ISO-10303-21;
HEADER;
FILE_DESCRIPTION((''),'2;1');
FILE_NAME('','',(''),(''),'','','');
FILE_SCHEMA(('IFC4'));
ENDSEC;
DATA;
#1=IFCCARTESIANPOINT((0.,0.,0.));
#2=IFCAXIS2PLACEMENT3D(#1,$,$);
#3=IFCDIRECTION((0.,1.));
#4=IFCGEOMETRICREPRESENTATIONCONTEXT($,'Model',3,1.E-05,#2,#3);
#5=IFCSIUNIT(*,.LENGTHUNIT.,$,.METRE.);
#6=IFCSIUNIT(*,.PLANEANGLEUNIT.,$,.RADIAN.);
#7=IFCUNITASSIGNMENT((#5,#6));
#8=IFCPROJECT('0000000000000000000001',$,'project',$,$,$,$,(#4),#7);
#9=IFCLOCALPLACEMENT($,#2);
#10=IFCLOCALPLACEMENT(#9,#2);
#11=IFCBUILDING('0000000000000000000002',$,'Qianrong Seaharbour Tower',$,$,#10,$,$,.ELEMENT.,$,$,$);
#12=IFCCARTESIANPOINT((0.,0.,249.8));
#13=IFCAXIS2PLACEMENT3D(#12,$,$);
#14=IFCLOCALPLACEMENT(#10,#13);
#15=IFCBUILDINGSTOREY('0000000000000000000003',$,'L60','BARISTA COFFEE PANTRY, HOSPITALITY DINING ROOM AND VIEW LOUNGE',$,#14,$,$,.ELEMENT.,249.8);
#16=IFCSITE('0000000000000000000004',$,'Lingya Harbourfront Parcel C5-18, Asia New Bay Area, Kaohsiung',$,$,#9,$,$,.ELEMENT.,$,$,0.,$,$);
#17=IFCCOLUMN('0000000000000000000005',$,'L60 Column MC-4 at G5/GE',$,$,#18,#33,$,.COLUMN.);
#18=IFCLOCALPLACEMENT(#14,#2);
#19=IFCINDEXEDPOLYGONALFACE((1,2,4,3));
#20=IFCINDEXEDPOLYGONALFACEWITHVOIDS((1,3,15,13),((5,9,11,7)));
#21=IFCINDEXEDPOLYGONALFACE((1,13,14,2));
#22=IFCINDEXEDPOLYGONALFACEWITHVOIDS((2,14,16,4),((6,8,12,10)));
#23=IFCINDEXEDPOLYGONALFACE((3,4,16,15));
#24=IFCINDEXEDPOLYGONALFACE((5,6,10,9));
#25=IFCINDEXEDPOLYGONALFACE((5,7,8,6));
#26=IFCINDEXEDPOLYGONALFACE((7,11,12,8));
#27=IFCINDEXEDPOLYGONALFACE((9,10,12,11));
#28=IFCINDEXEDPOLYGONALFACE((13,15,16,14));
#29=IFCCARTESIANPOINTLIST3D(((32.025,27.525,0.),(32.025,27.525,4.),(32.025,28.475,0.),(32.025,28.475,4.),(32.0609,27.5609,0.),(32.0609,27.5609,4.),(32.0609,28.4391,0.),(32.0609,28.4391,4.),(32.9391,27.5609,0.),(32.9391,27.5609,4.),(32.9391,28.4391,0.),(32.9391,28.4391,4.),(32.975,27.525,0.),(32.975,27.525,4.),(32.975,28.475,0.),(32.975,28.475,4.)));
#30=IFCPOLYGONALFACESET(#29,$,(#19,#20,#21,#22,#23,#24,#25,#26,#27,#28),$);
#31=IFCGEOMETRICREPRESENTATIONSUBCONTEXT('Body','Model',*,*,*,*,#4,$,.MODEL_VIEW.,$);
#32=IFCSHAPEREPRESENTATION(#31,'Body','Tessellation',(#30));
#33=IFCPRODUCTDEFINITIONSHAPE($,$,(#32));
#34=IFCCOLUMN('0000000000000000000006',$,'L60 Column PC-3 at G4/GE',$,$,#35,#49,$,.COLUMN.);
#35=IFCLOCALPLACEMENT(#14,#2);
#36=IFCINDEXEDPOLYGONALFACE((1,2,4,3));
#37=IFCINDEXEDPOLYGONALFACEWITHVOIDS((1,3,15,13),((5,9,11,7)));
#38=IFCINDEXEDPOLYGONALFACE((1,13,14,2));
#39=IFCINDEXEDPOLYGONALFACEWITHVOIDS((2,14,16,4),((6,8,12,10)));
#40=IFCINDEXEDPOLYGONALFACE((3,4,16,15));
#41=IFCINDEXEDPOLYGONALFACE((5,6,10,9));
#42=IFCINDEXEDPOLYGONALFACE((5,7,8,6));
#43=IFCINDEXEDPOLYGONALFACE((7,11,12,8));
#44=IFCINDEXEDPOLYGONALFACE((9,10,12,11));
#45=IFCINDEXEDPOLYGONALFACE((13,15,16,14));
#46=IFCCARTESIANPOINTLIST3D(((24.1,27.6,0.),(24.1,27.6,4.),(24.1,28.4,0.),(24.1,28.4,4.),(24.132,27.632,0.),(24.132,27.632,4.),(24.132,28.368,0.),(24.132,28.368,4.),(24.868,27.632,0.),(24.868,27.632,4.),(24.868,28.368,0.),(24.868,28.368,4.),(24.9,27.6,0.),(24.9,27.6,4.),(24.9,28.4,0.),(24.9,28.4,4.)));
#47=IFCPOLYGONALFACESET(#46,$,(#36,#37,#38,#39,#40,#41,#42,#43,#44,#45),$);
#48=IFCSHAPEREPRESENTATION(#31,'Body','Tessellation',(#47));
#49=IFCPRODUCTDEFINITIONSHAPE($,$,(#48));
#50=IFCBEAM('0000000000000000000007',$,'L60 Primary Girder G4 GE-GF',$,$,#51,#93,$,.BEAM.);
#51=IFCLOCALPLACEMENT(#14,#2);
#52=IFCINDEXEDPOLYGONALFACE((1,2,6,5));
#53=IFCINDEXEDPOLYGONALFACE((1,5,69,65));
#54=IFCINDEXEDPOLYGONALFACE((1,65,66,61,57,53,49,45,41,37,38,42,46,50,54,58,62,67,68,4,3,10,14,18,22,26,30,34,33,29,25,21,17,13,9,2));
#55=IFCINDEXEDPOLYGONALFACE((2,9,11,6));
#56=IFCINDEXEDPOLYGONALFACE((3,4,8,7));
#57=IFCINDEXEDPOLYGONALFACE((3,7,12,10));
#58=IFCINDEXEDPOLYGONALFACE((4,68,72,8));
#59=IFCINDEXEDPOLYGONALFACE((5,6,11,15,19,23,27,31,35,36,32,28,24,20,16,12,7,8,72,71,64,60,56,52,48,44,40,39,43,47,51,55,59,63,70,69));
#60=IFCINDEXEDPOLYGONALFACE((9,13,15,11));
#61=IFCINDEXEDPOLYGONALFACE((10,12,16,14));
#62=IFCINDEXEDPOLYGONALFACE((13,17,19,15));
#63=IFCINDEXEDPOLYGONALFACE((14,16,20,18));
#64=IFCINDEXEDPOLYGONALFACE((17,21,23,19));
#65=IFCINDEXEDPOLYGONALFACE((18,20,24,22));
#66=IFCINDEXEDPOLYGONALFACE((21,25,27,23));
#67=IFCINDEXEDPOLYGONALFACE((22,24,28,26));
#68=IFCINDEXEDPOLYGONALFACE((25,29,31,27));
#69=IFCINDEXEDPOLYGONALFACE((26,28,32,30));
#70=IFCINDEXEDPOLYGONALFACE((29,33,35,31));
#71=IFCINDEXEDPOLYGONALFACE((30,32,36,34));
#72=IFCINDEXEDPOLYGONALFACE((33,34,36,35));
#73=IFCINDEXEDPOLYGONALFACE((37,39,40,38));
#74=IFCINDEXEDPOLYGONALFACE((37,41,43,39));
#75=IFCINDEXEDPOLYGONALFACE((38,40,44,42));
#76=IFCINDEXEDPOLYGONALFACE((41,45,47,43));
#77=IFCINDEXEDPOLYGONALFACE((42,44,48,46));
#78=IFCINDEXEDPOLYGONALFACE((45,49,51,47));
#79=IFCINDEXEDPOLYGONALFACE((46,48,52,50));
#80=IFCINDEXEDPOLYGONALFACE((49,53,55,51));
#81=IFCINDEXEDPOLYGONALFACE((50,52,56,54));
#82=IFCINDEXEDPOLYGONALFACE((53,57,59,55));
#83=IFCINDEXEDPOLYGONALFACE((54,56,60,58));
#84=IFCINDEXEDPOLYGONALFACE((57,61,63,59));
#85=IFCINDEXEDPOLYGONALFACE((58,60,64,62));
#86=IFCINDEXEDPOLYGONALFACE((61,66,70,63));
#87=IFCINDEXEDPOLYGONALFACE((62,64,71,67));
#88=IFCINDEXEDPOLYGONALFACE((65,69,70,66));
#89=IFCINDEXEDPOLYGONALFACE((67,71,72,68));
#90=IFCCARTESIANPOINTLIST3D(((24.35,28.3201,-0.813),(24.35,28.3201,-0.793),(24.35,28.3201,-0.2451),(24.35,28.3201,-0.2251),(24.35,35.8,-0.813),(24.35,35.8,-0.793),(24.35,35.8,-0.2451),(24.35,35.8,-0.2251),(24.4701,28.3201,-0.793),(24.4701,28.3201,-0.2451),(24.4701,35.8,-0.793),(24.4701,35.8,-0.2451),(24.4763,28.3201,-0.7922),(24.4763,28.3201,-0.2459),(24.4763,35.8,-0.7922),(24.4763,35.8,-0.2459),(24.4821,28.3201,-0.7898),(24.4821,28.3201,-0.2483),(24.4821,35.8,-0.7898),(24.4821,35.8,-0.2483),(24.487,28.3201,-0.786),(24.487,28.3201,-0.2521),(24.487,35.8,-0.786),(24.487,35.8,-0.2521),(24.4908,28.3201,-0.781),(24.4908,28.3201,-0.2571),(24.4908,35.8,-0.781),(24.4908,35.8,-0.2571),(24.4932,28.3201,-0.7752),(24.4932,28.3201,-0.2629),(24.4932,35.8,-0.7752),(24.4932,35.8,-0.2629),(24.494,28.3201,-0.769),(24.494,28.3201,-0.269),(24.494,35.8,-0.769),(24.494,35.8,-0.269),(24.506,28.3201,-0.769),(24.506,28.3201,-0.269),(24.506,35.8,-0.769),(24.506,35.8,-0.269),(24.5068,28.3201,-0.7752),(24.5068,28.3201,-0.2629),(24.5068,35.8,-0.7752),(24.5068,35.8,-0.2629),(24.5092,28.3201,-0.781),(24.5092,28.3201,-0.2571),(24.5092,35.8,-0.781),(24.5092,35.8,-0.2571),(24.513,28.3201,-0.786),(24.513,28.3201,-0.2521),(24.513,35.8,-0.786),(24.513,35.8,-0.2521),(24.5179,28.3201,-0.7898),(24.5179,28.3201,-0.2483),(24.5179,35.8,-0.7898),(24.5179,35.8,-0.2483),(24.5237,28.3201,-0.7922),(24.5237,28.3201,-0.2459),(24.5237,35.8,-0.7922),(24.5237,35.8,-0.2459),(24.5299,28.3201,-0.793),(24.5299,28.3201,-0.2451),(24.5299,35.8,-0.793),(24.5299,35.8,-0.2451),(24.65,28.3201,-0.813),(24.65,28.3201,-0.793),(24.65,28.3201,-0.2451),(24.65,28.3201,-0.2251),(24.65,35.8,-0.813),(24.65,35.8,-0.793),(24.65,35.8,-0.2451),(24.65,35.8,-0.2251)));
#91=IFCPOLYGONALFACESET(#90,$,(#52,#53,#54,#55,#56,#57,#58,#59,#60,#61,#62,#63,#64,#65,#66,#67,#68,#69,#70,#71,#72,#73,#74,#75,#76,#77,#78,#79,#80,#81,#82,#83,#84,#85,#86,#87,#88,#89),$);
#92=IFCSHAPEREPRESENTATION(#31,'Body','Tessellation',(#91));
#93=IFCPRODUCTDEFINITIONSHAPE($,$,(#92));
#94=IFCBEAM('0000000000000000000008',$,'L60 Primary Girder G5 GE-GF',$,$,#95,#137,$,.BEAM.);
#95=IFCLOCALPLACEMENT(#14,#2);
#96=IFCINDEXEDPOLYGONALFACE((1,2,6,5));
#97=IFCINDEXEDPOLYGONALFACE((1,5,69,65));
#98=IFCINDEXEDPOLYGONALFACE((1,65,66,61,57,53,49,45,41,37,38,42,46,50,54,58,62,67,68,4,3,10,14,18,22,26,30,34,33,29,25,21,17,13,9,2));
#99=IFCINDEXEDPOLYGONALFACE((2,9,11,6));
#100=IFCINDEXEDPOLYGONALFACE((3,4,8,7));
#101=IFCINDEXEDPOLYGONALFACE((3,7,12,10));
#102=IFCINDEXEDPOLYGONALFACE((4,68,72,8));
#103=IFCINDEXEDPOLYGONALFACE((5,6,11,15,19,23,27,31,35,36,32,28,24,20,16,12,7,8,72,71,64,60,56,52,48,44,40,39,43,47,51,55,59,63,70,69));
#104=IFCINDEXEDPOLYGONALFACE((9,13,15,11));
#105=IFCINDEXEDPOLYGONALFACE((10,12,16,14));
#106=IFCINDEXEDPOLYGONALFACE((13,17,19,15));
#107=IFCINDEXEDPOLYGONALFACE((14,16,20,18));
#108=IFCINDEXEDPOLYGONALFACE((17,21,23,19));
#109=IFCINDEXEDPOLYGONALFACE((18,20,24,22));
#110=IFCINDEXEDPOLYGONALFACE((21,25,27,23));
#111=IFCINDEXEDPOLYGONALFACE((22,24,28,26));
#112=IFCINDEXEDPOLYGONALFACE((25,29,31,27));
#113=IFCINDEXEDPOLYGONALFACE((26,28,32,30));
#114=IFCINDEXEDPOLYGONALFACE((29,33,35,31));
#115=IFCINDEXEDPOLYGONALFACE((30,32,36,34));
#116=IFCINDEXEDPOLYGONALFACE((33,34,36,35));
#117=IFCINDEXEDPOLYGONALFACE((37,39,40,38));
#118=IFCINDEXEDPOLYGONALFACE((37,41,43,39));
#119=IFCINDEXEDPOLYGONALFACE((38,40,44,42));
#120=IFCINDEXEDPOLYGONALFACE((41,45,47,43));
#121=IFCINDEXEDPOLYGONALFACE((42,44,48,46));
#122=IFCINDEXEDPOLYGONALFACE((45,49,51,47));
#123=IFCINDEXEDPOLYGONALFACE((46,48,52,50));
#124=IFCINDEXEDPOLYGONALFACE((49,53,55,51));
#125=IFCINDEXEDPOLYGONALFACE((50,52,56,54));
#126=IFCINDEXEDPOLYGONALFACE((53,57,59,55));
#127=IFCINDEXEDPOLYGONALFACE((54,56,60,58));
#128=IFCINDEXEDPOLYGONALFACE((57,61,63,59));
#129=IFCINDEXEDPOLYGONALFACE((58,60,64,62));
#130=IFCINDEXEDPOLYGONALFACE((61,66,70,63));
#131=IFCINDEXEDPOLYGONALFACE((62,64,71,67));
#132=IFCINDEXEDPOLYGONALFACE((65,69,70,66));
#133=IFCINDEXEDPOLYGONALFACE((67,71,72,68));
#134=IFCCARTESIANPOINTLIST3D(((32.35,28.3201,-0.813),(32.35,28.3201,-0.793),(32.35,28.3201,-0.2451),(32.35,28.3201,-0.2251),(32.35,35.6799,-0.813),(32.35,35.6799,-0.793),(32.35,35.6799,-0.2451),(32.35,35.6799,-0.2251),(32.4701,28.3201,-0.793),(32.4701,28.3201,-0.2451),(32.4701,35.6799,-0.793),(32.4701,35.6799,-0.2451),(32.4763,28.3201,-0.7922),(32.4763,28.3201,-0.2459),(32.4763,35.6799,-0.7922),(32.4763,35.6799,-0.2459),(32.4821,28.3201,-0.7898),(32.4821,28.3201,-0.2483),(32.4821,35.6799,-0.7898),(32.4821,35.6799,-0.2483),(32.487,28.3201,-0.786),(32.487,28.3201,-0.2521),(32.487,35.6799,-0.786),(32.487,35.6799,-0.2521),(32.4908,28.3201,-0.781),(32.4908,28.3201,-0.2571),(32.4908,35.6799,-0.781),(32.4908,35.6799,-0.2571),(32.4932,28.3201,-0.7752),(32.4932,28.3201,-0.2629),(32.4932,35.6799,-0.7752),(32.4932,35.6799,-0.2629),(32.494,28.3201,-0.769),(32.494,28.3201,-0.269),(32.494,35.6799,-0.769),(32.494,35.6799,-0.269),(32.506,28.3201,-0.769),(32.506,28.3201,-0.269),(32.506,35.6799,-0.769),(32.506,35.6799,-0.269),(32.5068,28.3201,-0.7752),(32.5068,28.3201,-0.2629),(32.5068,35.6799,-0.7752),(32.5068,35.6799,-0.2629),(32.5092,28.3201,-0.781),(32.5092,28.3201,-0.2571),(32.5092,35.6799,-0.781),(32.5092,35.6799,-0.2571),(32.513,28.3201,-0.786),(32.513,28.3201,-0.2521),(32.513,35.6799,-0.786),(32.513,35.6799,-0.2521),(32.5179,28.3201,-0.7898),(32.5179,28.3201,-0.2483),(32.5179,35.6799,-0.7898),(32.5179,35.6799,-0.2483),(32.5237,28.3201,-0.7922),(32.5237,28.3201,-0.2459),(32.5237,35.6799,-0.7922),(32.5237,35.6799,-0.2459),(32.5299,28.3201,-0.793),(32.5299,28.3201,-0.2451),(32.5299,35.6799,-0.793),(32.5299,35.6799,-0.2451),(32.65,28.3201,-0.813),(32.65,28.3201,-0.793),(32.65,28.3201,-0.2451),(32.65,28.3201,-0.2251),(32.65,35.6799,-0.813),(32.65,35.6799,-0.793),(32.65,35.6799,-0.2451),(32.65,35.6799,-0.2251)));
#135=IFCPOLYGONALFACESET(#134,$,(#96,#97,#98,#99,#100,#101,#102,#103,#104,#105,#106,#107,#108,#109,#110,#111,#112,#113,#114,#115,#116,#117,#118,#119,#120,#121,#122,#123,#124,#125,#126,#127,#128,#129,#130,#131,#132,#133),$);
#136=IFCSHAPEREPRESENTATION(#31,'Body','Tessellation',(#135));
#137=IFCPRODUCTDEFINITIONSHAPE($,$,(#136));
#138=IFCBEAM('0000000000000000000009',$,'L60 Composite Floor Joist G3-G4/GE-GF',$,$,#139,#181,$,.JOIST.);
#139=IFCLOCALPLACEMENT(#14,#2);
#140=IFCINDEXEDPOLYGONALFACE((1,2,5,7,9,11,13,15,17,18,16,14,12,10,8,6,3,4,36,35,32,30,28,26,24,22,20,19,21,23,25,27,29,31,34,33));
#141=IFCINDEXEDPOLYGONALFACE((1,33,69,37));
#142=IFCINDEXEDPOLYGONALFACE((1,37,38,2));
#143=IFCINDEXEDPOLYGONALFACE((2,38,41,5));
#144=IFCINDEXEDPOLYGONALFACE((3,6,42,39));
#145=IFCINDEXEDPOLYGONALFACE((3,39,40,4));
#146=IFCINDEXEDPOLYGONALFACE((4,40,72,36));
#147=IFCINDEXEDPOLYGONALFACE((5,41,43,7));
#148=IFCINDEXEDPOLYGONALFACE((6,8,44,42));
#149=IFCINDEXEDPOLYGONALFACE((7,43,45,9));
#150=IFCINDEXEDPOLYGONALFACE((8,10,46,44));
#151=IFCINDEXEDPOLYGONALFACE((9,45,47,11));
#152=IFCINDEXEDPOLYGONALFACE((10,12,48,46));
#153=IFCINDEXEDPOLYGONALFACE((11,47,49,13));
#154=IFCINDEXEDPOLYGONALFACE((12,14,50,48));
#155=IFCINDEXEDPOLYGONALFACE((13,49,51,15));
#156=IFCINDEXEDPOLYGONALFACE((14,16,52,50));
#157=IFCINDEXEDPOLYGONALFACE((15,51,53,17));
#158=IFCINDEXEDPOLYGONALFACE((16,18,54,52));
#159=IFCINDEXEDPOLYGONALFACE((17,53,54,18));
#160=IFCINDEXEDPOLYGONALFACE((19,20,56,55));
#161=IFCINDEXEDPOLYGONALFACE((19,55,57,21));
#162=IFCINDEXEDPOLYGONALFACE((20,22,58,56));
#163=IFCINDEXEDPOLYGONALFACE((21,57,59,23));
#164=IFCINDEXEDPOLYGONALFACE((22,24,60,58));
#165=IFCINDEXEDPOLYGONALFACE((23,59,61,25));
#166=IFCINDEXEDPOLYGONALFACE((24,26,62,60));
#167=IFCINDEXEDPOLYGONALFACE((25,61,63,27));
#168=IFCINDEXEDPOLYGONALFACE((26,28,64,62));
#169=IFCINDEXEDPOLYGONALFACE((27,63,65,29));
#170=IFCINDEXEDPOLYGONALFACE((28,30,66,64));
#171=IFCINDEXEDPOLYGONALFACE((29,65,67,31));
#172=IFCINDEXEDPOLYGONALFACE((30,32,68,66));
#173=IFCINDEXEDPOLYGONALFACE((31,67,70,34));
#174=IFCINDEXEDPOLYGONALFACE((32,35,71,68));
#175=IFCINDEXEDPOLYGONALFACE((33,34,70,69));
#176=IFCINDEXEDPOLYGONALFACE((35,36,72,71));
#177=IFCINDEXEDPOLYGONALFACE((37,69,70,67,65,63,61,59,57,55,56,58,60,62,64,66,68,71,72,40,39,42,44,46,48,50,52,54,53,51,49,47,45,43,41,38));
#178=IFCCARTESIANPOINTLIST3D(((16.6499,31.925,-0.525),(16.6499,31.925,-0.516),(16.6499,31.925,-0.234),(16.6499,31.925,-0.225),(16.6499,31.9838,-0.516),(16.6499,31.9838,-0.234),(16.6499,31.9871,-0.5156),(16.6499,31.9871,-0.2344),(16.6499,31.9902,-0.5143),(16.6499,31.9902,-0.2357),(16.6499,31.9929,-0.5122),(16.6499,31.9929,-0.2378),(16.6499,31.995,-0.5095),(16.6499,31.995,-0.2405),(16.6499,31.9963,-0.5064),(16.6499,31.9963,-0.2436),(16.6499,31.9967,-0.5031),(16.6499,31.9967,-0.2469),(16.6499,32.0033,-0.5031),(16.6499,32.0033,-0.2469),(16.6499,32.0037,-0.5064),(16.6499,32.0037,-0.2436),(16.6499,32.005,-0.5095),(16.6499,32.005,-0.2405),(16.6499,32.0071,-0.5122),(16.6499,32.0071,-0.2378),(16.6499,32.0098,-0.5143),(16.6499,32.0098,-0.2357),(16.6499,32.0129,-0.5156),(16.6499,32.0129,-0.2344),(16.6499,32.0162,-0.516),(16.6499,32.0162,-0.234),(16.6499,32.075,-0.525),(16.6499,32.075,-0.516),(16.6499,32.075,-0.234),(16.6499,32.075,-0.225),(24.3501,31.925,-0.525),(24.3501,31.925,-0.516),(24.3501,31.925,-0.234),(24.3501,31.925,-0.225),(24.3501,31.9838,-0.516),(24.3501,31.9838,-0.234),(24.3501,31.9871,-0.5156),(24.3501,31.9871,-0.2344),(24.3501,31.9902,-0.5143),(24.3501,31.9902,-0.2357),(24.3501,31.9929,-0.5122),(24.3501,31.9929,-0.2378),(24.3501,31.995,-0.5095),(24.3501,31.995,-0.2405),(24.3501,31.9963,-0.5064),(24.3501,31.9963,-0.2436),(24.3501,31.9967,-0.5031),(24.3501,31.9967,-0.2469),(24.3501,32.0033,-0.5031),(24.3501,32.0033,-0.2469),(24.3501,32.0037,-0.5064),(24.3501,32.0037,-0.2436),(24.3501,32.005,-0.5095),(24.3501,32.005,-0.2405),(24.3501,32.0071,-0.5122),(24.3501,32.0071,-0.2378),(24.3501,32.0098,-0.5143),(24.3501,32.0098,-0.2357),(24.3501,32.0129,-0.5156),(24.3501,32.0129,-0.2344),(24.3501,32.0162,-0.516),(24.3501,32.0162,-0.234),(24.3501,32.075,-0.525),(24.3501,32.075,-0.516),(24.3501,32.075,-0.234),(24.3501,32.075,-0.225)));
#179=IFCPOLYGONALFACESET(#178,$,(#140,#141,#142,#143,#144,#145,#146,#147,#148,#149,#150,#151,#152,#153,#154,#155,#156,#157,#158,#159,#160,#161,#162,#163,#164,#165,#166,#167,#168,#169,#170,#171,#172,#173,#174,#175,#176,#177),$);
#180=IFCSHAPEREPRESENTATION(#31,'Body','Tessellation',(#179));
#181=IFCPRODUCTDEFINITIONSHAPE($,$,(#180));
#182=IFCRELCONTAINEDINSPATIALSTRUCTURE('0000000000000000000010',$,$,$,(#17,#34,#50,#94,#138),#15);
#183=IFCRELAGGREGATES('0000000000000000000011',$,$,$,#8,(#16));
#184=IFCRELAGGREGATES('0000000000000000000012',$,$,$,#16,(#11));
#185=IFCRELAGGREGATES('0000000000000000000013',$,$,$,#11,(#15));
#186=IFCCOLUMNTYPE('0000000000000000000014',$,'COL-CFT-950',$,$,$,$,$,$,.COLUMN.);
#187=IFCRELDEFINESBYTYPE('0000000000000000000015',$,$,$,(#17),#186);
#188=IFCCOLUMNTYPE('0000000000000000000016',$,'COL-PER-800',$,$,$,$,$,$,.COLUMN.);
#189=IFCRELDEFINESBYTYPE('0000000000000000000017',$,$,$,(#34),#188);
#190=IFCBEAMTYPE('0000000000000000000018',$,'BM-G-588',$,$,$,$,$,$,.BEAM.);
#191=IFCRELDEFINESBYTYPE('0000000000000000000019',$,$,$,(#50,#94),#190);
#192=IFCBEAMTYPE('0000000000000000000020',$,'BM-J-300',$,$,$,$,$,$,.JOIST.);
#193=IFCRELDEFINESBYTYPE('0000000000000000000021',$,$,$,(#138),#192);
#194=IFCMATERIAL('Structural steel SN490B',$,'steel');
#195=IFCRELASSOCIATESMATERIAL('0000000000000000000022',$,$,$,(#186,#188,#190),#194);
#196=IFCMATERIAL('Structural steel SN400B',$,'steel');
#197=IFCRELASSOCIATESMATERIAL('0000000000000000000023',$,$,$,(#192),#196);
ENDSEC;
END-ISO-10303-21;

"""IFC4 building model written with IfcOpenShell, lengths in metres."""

from ifc_helpers import new_model, si_unit, direction, frame, origin, origin_2d, place, context, subcontext, project, spatial, hollow_rectangle, i_section, extrude, material, material_profile, profile_set, type_object, element, save


model = new_model("IFC4")

# Units and contexts
model_context = context("Model", 3, precision=1e-05, world=origin(), true_north=direction((0.0, 1.0)))
body_context = subcontext(model_context, "Body", "Model", "MODEL_VIEW")
ifc_project = project(units=[si_unit("LENGTHUNIT", "METRE"), si_unit("PLANEANGLEUNIT", "RADIAN")], contexts=[model_context])

# Site, building, storey
site_placement = place(None, origin())
site = spatial("IfcSite", under=ifc_project, at=site_placement, Name="Lingya Harbourfront Parcel C5-18, Asia New Bay Area, Kaohsiung", CompositionType="ELEMENT", RefElevation=0.0)
building_placement = place(site_placement, origin())
building = spatial("IfcBuilding", under=site, at=building_placement, Name="Qianrong Seaharbour Tower", CompositionType="ELEMENT")
storey_placement = place(building_placement, frame((0.0, 0.0, 249.8)))
storey = spatial("IfcBuildingStorey", under=building, at=storey_placement, Name="L60", Description="BARISTA COFFEE PANTRY, HOSPITALITY DINING ROOM AND VIEW LOUNGE", CompositionType="ELEMENT", Elevation=249.8)

# Columns
ifc_material_1 = material(Name="Structural steel SN490B", Category="steel")
ifc_material_profile_1 = material_profile(ifc_material_1, hollow_rectangle(XDim=0.95, YDim=0.95, WallThickness=0.0359, at=origin_2d()), Name="BOX950x950x36")
ifc_profile_set_1 = profile_set([ifc_material_profile_1], Name="Structural steel SN490B")
column_type_1 = type_object("IfcColumnType", Name="COL-CFT-950", PredefinedType="COLUMN", material=ifc_profile_set_1)
column_1_placement = place(storey_placement, frame((32.5, 28.0, 0.0), z_axis=(0.0, 0.0, 1.0), x_axis=(1.0, 0.0, 0.0)))
element("IfcColumn", 1, at=column_1_placement, inside=storey, type_object=column_type_1, Name="L60 Column MC-4 at G5/GE", PredefinedType="COLUMN", context=body_context, shape_type="SweptSolid", body=[
    extrude(hollow_rectangle(XDim=0.95, YDim=0.95, WallThickness=0.0359, at=origin_2d()), origin(), (0.0, 0.0, 1.0), 4.0),
])
ifc_material_profile_2 = material_profile(ifc_material_1, hollow_rectangle(XDim=0.8, YDim=0.8, WallThickness=0.032, at=origin_2d()), Name="BOX800x800x32")
ifc_profile_set_2 = profile_set([ifc_material_profile_2], Name="Structural steel SN490B")
column_type_2 = type_object("IfcColumnType", Name="COL-PER-800", PredefinedType="COLUMN", material=ifc_profile_set_2)
column_2_placement = place(storey_placement, frame((24.5, 28.0, 0.0), z_axis=(0.0, 0.0, 1.0), x_axis=(1.0, 0.0, 0.0)))
element("IfcColumn", 2, at=column_2_placement, inside=storey, type_object=column_type_2, Name="L60 Column PC-3 at G4/GE", PredefinedType="COLUMN", context=body_context, shape_type="SweptSolid", body=[
    extrude(hollow_rectangle(XDim=0.8, YDim=0.8, WallThickness=0.032, at=origin_2d()), origin(), (0.0, 0.0, 1.0), 4.0),
])

# Beams
ifc_material_profile_3 = material_profile(ifc_material_1, i_section(OverallWidth=0.3, OverallDepth=0.5879, WebThickness=0.012, FlangeThickness=0.02, FilletRadius=0.0239, at=origin_2d()), Name="H588x300x12x20")
ifc_profile_set_3 = profile_set([ifc_material_profile_3], Name="Structural steel SN490B")
beam_type_1 = type_object("IfcBeamType", Name="BM-G-588", PredefinedType="BEAM", material=ifc_profile_set_3)
beam_1_placement = place(storey_placement, frame((24.5, 28.3201, -0.519), z_axis=(0.0, 1.0, 0.0), x_axis=(-1.0, 0.0, 0.0)))
element("IfcBeam", 3, at=beam_1_placement, inside=storey, type_object=beam_type_1, Name="L60 Primary Girder G4 GE-GF", PredefinedType="BEAM", context=body_context, shape_type="SweptSolid", body=[
    extrude(i_section(OverallWidth=0.3, OverallDepth=0.5879, WebThickness=0.012, FlangeThickness=0.02, FilletRadius=0.0239, at=origin_2d()), origin(), (0.0, 0.0, 1.0), 7.48),
])
beam_2_placement = place(storey_placement, frame((32.5, 28.3201, -0.519), z_axis=(0.0, 1.0, 0.0), x_axis=(-1.0, 0.0, 0.0)))
element("IfcBeam", 4, at=beam_2_placement, inside=storey, type_object=beam_type_1, Name="L60 Primary Girder G5 GE-GF", PredefinedType="BEAM", context=body_context, shape_type="SweptSolid", body=[
    extrude(i_section(OverallWidth=0.3, OverallDepth=0.5879, WebThickness=0.012, FlangeThickness=0.02, FilletRadius=0.0239, at=origin_2d()), origin(), (0.0, 0.0, 1.0), 7.3599),
])
ifc_material_2 = material(Name="Structural steel SN400B", Category="steel")
ifc_material_profile_4 = material_profile(ifc_material_2, i_section(OverallWidth=0.1499, OverallDepth=0.3, WebThickness=0.0066, FlangeThickness=0.009, FilletRadius=0.0129, at=origin_2d()), Name="H300x150x6.5x9")
ifc_profile_set_4 = profile_set([ifc_material_profile_4], Name="Structural steel SN400B")
beam_type_2 = type_object("IfcBeamType", Name="BM-J-300", PredefinedType="JOIST", material=ifc_profile_set_4)
for number, where, z_axis, x_axis, name in (
    (5, (16.6499, 32.0, -0.375), (1.0, 0.0, 0.0), (0.0, 1.0, 0.0), "L60 Composite Floor Joist G3-G4/GE-GF"),
):
    element("IfcBeam", number, at=place(storey_placement, frame(where, z_axis=z_axis, x_axis=x_axis)), inside=storey, type_object=beam_type_2, Name=name, PredefinedType="JOIST", context=body_context, shape_type="SweptSolid", body=[
        extrude(i_section(OverallWidth=0.1499, OverallDepth=0.3, WebThickness=0.0066, FlangeThickness=0.009, FilletRadius=0.0129, at=origin_2d()), origin(), (0.0, 0.0, 1.0), 7.7002),
    ])

save(model, "model.ifc")
